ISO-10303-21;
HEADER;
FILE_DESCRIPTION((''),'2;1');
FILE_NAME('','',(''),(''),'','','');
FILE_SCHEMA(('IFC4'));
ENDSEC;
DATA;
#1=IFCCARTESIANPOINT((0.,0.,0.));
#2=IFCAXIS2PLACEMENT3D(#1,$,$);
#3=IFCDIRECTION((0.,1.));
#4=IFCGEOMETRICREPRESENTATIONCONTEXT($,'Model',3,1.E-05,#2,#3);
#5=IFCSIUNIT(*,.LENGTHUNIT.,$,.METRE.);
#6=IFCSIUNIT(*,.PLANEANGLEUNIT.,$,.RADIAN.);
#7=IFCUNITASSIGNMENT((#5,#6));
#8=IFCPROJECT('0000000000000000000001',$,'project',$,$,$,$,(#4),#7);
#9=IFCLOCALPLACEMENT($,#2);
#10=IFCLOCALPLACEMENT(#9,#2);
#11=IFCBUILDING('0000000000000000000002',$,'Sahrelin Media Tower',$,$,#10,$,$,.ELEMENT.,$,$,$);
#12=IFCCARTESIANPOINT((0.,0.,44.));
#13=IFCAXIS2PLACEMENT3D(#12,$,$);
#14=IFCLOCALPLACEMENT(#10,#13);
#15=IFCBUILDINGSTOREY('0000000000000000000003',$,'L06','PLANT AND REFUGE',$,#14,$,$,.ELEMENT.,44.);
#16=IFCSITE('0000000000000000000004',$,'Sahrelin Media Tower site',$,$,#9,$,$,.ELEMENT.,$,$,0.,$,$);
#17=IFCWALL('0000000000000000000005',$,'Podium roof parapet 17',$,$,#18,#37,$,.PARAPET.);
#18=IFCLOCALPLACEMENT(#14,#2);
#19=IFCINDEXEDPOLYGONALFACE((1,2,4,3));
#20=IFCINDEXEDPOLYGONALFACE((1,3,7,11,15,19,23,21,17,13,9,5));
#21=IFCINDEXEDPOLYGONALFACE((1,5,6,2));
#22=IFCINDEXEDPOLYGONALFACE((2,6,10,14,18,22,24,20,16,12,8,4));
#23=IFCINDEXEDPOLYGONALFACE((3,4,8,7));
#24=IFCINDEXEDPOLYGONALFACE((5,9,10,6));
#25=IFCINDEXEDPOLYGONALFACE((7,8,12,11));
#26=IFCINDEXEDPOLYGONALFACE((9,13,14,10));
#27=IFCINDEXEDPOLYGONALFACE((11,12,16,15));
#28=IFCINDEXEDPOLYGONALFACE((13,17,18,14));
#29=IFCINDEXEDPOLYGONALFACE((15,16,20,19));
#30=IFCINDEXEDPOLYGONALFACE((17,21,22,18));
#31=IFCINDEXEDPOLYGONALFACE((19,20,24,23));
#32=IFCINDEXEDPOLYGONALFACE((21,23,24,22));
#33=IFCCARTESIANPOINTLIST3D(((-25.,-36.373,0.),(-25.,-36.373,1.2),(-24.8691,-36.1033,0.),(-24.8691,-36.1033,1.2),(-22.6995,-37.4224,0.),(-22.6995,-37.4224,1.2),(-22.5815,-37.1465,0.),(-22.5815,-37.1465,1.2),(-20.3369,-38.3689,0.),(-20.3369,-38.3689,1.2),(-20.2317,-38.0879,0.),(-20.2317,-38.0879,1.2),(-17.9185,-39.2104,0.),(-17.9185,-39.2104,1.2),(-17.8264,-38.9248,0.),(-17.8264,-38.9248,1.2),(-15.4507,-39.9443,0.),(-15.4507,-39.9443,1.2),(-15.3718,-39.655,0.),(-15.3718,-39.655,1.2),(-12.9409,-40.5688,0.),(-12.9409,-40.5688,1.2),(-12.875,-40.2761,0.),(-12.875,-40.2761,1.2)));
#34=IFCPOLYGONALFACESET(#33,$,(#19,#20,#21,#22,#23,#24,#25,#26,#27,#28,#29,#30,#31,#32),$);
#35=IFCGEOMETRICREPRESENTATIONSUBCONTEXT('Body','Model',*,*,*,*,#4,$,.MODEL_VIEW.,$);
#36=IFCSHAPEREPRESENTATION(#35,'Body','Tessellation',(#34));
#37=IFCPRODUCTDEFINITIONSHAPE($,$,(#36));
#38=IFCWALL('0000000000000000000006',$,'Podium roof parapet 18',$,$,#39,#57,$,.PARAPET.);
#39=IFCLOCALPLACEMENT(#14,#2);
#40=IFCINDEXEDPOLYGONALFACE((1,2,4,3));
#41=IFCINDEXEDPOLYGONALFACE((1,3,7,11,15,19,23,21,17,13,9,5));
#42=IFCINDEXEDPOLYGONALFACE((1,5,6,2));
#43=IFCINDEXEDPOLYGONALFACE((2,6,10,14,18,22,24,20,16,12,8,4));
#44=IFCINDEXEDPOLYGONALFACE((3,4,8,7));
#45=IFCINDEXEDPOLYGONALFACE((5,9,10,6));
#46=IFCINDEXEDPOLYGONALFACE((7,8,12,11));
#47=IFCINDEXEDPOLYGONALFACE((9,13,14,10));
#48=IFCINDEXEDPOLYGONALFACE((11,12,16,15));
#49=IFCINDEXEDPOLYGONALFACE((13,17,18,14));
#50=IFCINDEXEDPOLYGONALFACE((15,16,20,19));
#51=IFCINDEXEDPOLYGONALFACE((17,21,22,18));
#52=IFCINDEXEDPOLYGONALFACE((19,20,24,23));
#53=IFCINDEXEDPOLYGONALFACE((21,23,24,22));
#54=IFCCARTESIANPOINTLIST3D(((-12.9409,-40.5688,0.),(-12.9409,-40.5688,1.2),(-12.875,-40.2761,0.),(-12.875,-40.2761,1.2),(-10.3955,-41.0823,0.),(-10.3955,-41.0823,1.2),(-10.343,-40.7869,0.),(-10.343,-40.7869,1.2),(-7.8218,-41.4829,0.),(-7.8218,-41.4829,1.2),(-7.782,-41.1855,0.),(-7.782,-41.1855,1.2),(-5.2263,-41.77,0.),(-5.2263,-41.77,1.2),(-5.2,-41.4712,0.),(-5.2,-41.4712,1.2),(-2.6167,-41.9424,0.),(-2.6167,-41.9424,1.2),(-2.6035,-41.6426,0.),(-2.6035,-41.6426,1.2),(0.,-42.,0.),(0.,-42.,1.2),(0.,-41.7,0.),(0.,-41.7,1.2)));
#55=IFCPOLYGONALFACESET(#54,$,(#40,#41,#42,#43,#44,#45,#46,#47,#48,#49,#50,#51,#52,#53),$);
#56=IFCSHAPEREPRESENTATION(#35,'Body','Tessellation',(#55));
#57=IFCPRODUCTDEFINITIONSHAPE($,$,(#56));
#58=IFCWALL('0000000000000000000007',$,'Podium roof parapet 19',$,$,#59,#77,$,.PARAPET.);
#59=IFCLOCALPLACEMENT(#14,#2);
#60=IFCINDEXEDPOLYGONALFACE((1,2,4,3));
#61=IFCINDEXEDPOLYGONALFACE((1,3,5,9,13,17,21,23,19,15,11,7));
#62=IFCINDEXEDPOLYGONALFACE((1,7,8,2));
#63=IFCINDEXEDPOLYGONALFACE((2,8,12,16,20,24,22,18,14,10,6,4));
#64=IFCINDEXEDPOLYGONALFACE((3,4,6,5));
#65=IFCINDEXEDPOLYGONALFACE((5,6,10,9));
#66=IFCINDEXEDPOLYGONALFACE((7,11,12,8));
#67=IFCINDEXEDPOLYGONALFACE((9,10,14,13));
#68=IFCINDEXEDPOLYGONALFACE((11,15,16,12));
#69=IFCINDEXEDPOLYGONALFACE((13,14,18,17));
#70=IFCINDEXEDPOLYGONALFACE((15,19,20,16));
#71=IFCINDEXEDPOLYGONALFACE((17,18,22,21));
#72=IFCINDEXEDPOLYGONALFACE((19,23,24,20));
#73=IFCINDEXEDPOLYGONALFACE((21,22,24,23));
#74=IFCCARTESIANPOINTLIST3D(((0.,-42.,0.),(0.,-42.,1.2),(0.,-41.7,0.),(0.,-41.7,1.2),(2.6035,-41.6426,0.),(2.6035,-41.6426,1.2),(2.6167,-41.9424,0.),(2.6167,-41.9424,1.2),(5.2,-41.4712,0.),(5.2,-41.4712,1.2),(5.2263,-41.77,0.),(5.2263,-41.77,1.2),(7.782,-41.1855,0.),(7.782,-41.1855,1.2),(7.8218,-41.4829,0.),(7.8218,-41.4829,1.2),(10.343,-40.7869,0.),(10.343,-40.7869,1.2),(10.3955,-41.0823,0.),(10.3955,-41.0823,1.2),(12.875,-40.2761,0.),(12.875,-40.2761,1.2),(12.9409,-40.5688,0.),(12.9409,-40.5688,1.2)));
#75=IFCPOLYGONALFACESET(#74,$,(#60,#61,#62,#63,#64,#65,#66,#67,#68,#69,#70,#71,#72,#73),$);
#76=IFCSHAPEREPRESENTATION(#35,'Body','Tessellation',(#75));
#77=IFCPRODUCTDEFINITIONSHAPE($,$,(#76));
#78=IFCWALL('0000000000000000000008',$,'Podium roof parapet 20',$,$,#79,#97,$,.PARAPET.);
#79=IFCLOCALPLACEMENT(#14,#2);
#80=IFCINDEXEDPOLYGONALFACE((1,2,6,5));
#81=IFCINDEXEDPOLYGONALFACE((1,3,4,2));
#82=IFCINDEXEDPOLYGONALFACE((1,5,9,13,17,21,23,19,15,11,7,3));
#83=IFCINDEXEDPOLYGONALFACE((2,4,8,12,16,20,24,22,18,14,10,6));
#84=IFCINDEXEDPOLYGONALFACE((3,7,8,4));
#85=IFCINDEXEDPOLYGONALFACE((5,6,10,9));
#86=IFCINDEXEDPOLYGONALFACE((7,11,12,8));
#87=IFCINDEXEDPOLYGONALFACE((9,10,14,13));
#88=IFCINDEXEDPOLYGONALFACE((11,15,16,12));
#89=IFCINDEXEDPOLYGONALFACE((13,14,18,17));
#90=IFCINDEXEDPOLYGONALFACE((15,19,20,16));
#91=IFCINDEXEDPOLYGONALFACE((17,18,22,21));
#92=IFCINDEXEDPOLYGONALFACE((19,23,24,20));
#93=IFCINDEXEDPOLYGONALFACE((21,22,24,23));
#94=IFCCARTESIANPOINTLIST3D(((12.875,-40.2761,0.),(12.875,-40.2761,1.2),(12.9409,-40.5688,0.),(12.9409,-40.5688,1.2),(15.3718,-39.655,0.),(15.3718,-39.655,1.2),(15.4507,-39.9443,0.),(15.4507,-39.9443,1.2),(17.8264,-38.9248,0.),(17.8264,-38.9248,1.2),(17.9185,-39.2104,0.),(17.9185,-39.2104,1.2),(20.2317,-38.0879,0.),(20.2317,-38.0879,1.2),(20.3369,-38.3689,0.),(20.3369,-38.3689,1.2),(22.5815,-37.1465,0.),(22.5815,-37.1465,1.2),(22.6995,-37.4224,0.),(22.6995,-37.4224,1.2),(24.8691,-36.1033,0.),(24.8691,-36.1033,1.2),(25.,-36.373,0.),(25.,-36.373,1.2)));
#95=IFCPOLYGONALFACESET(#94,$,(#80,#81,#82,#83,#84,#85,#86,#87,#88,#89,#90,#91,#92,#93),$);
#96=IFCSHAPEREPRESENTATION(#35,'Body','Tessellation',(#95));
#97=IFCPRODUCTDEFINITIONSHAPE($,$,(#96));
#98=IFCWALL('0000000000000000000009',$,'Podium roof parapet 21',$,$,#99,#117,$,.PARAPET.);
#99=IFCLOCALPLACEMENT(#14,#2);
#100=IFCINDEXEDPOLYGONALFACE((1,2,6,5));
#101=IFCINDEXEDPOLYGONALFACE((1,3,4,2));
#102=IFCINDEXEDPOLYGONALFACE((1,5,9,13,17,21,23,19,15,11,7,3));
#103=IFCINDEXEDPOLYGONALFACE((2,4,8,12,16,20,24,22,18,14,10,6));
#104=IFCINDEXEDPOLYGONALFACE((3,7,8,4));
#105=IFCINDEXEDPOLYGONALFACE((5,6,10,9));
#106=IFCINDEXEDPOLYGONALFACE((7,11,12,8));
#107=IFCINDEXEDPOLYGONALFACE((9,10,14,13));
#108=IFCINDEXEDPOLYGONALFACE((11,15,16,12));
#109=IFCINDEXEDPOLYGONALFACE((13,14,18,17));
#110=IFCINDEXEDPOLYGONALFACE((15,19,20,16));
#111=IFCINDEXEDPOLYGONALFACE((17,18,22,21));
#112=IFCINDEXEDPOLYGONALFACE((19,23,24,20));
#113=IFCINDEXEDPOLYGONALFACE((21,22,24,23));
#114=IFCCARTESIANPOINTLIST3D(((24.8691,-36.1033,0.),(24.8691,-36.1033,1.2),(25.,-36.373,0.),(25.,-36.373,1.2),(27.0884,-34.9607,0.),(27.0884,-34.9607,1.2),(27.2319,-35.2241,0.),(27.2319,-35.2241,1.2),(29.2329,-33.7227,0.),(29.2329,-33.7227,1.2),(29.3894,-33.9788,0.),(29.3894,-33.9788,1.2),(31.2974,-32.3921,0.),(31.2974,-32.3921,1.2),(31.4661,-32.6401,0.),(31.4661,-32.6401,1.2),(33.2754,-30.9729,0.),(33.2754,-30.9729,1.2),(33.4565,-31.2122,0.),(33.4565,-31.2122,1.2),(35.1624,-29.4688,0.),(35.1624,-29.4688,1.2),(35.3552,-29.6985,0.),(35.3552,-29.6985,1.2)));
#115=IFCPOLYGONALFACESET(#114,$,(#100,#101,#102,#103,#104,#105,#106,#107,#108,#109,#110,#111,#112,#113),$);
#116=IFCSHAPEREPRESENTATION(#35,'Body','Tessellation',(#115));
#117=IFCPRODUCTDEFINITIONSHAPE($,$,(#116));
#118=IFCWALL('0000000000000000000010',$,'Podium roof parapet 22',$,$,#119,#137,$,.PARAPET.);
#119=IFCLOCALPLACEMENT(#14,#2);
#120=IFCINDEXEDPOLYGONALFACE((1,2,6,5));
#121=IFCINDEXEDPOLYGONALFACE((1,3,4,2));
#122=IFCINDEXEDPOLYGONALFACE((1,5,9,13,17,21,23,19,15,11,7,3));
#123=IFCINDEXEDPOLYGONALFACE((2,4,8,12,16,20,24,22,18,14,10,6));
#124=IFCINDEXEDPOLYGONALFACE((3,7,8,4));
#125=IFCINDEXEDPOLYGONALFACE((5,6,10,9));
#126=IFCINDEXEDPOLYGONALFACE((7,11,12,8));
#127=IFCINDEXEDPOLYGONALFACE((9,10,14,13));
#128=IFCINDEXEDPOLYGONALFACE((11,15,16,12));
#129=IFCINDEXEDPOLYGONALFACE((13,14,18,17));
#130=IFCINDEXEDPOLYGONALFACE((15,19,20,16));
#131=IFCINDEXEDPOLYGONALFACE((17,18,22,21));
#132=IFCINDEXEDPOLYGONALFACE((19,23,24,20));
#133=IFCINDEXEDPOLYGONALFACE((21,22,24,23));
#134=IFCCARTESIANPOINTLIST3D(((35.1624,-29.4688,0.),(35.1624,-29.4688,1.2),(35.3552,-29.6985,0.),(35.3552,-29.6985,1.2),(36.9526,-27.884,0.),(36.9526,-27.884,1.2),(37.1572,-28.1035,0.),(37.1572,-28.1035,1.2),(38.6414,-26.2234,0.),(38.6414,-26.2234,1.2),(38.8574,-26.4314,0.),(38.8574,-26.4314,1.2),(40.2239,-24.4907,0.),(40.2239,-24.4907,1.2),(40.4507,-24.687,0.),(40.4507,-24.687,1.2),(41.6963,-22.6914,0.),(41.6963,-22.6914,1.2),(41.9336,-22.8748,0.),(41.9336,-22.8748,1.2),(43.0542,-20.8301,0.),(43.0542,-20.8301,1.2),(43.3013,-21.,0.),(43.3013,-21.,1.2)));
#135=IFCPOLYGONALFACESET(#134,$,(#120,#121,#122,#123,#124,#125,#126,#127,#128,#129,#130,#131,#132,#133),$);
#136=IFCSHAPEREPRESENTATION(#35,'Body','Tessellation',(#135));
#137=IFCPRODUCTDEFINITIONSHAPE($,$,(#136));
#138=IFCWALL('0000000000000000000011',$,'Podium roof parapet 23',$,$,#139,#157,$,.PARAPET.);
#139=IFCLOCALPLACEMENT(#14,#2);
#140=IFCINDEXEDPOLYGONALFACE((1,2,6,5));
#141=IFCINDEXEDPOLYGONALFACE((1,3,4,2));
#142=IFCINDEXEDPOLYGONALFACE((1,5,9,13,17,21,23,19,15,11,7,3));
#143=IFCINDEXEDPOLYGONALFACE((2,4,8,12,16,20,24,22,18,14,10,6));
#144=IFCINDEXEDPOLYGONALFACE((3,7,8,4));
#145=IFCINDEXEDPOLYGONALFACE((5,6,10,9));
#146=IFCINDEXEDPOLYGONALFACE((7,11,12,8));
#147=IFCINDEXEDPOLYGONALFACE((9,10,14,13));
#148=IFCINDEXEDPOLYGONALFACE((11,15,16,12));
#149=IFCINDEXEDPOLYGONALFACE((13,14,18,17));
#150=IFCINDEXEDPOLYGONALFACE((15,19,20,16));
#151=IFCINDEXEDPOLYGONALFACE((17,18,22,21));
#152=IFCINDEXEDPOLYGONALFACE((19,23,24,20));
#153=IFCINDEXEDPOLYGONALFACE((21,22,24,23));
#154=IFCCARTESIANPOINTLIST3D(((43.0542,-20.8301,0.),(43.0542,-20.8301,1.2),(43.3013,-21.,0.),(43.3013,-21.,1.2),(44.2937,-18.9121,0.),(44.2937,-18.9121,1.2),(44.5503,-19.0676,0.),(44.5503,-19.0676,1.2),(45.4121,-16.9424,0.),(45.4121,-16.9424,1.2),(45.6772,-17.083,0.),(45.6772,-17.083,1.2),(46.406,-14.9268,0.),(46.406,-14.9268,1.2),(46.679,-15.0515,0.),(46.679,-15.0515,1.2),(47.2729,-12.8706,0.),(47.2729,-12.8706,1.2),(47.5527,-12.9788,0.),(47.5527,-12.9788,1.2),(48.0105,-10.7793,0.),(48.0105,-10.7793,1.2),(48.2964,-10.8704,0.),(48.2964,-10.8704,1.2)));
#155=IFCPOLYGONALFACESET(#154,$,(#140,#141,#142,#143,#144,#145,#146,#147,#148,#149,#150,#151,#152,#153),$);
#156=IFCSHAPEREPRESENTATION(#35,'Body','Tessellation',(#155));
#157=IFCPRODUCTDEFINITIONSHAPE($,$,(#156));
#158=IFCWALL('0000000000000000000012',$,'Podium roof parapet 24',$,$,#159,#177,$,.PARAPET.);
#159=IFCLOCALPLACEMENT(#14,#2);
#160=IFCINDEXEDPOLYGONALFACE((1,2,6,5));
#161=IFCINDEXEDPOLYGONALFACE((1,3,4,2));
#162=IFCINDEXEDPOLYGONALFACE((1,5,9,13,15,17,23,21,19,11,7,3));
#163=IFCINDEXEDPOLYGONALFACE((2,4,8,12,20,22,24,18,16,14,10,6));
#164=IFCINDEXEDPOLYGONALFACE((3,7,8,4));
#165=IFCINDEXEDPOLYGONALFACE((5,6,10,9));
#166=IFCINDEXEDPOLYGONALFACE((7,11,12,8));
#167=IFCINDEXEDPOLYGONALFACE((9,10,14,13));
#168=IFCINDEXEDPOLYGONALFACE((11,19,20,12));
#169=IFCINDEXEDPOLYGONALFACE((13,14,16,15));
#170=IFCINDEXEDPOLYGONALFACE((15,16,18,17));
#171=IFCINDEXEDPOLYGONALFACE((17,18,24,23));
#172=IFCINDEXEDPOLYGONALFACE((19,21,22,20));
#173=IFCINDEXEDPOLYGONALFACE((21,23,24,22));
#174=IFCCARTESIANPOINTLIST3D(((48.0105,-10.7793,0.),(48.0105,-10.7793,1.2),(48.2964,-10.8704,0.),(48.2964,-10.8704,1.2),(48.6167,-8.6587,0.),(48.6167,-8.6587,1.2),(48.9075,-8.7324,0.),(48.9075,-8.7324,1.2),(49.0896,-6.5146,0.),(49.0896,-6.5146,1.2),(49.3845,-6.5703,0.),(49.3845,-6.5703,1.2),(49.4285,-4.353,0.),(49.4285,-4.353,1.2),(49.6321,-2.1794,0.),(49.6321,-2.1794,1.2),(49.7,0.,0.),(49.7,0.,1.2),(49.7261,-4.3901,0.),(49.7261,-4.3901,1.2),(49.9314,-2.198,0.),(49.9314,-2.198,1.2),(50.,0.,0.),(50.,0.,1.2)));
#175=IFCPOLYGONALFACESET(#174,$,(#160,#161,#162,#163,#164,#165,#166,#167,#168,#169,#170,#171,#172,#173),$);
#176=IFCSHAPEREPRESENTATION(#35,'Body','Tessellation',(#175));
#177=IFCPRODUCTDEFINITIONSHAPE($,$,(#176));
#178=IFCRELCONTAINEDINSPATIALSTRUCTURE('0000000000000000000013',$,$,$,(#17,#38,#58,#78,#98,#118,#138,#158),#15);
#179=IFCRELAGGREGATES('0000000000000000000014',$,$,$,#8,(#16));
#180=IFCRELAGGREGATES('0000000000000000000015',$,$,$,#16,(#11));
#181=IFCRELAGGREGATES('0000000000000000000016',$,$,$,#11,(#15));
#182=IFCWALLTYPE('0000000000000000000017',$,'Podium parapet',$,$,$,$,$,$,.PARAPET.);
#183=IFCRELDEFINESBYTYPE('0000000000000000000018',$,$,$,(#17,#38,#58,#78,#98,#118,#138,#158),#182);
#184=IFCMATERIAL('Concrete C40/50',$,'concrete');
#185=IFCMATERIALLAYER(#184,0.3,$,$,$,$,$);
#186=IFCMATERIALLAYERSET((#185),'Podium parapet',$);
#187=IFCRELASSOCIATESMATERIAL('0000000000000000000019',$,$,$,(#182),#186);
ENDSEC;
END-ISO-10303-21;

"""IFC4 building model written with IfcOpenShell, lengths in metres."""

from ifc_helpers import new_model, si_unit, direction, frame, origin, place, context, subcontext, project, spatial, polyline, outline, extrude, material, layer, layer_set, type_object, element, save


model = new_model("IFC4")

# Units and contexts
model_context = context("Model", 3, precision=1e-05, world=origin(), true_north=direction((0.0, 1.0)))
body_context = subcontext(model_context, "Body", "Model", "MODEL_VIEW")
ifc_project = project(units=[si_unit("LENGTHUNIT", "METRE"), si_unit("PLANEANGLEUNIT", "RADIAN")], contexts=[model_context])

# Site, building, storey
site_placement = place(None, origin())
site = spatial("IfcSite", under=ifc_project, at=site_placement, Name="Sahrelin Media Tower site", CompositionType="ELEMENT", RefElevation=0.0)
building_placement = place(site_placement, origin())
building = spatial("IfcBuilding", under=site, at=building_placement, Name="Sahrelin Media Tower", CompositionType="ELEMENT")
storey_placement = place(building_placement, frame((0.0, 0.0, 44.0)))
storey = spatial("IfcBuildingStorey", under=building, at=storey_placement, Name="L06", Description="PLANT AND REFUGE", CompositionType="ELEMENT", Elevation=44.0)

# Shared definitions
ifc_material_1 = material(Name="Concrete C40/50", Category="concrete")
placement = place(storey_placement, origin())

# Walls
ifc_layer_1 = layer(ifc_material_1, 0.3)
ifc_layer_set_1 = layer_set([ifc_layer_1], Name="Podium parapet")
wall_type_1 = type_object("IfcWallType", Name="Podium parapet", PredefinedType="PARAPET", material=ifc_layer_set_1)
element("IfcWall", 1, at=placement, inside=storey, type_object=wall_type_1, Name="Podium roof parapet 17", PredefinedType="PARAPET", context=body_context, shape_type="SweptSolid", body=[
    extrude(outline(polyline([(-25.0, -36.373), (-22.6995, -37.4224), (-20.3369, -38.3689), (-17.9185, -39.2104), (-15.4507, -39.9443), (-12.9409, -40.5688), (-12.875, -40.2761), (-15.3718, -39.655), (-17.8264, -38.9248), (-20.2317, -38.0879), (-22.5815, -37.1465), (-24.8691, -36.1033), (-25.0, -36.373)])), origin(), (0.0, 0.0, 1.0), 1.2),
])
element("IfcWall", 2, at=placement, inside=storey, type_object=wall_type_1, Name="Podium roof parapet 18", PredefinedType="PARAPET", context=body_context, shape_type="SweptSolid", body=[
    extrude(outline(polyline([(-12.9409, -40.5688), (-10.3955, -41.0823), (-7.8218, -41.4829), (-5.2263, -41.77), (-2.6167, -41.9424), (0.0, -42.0), (0.0, -41.7), (-2.6035, -41.6426), (-5.2, -41.4712), (-7.782, -41.1855), (-10.343, -40.7869), (-12.875, -40.2761), (-12.9409, -40.5688)])), origin(), (0.0, 0.0, 1.0), 1.2),
])
element("IfcWall", 3, at=placement, inside=storey, type_object=wall_type_1, Name="Podium roof parapet 19", PredefinedType="PARAPET", context=body_context, shape_type="SweptSolid", body=[
    extrude(outline(polyline([(0.0, -42.0), (2.6167, -41.9424), (5.2263, -41.77), (7.8218, -41.4829), (10.3955, -41.0823), (12.9409, -40.5688), (12.875, -40.2761), (10.343, -40.7869), (7.782, -41.1855), (5.2, -41.4712), (2.6035, -41.6426), (0.0, -41.7), (0.0, -42.0)])), origin(), (0.0, 0.0, 1.0), 1.2),
])
element("IfcWall", 4, at=placement, inside=storey, type_object=wall_type_1, Name="Podium roof parapet 20", PredefinedType="PARAPET", context=body_context, shape_type="SweptSolid", body=[
    extrude(outline(polyline([(12.9409, -40.5688), (15.4507, -39.9443), (17.9185, -39.2104), (20.3369, -38.3689), (22.6995, -37.4224), (25.0, -36.373), (24.8691, -36.1033), (22.5815, -37.1465), (20.2317, -38.0879), (17.8264, -38.9248), (15.3718, -39.655), (12.875, -40.2761), (12.9409, -40.5688)])), origin(), (0.0, 0.0, 1.0), 1.2),
])
element("IfcWall", 5, at=placement, inside=storey, type_object=wall_type_1, Name="Podium roof parapet 21", PredefinedType="PARAPET", context=body_context, shape_type="SweptSolid", body=[
    extrude(outline(polyline([(25.0, -36.373), (27.2319, -35.2241), (29.3894, -33.9788), (31.4661, -32.6401), (33.4565, -31.2122), (35.3552, -29.6985), (35.1624, -29.4688), (33.2754, -30.9729), (31.2974, -32.3921), (29.2329, -33.7227), (27.0884, -34.9607), (24.8691, -36.1033), (25.0, -36.373)])), origin(), (0.0, 0.0, 1.0), 1.2),
])
element("IfcWall", 6, at=placement, inside=storey, type_object=wall_type_1, Name="Podium roof parapet 22", PredefinedType="PARAPET", context=body_context, shape_type="SweptSolid", body=[
    extrude(outline(polyline([(35.3552, -29.6985), (37.1572, -28.1035), (38.8574, -26.4314), (40.4507, -24.687), (41.9336, -22.8748), (43.3013, -21.0), (43.0542, -20.8301), (41.6963, -22.6914), (40.2239, -24.4907), (38.6414, -26.2234), (36.9526, -27.884), (35.1624, -29.4688), (35.3552, -29.6985)])), origin(), (0.0, 0.0, 1.0), 1.2),
])
element("IfcWall", 7, at=placement, inside=storey, type_object=wall_type_1, Name="Podium roof parapet 23", PredefinedType="PARAPET", context=body_context, shape_type="SweptSolid", body=[
    extrude(outline(polyline([(43.3013, -21.0), (44.5503, -19.0676), (45.6772, -17.083), (46.679, -15.0515), (47.5527, -12.9788), (48.2964, -10.8704), (48.0105, -10.7793), (47.2729, -12.8706), (46.406, -14.9268), (45.4121, -16.9424), (44.2937, -18.9121), (43.0542, -20.8301), (43.3013, -21.0)])), origin(), (0.0, 0.0, 1.0), 1.2),
])
element("IfcWall", 8, at=placement, inside=storey, type_object=wall_type_1, Name="Podium roof parapet 24", PredefinedType="PARAPET", context=body_context, shape_type="SweptSolid", body=[
    extrude(outline(polyline([(48.2964, -10.8704), (48.9075, -8.7324), (49.3845, -6.5703), (49.7261, -4.3901), (49.9314, -2.198), (50.0, 0.0), (49.7, 0.0), (49.6321, -2.1794), (49.4285, -4.353), (49.0896, -6.5146), (48.6167, -8.6587), (48.0105, -10.7793), (48.2964, -10.8704)])), origin(), (0.0, 0.0, 1.0), 1.2),
])

save(model, "model.ifc")
